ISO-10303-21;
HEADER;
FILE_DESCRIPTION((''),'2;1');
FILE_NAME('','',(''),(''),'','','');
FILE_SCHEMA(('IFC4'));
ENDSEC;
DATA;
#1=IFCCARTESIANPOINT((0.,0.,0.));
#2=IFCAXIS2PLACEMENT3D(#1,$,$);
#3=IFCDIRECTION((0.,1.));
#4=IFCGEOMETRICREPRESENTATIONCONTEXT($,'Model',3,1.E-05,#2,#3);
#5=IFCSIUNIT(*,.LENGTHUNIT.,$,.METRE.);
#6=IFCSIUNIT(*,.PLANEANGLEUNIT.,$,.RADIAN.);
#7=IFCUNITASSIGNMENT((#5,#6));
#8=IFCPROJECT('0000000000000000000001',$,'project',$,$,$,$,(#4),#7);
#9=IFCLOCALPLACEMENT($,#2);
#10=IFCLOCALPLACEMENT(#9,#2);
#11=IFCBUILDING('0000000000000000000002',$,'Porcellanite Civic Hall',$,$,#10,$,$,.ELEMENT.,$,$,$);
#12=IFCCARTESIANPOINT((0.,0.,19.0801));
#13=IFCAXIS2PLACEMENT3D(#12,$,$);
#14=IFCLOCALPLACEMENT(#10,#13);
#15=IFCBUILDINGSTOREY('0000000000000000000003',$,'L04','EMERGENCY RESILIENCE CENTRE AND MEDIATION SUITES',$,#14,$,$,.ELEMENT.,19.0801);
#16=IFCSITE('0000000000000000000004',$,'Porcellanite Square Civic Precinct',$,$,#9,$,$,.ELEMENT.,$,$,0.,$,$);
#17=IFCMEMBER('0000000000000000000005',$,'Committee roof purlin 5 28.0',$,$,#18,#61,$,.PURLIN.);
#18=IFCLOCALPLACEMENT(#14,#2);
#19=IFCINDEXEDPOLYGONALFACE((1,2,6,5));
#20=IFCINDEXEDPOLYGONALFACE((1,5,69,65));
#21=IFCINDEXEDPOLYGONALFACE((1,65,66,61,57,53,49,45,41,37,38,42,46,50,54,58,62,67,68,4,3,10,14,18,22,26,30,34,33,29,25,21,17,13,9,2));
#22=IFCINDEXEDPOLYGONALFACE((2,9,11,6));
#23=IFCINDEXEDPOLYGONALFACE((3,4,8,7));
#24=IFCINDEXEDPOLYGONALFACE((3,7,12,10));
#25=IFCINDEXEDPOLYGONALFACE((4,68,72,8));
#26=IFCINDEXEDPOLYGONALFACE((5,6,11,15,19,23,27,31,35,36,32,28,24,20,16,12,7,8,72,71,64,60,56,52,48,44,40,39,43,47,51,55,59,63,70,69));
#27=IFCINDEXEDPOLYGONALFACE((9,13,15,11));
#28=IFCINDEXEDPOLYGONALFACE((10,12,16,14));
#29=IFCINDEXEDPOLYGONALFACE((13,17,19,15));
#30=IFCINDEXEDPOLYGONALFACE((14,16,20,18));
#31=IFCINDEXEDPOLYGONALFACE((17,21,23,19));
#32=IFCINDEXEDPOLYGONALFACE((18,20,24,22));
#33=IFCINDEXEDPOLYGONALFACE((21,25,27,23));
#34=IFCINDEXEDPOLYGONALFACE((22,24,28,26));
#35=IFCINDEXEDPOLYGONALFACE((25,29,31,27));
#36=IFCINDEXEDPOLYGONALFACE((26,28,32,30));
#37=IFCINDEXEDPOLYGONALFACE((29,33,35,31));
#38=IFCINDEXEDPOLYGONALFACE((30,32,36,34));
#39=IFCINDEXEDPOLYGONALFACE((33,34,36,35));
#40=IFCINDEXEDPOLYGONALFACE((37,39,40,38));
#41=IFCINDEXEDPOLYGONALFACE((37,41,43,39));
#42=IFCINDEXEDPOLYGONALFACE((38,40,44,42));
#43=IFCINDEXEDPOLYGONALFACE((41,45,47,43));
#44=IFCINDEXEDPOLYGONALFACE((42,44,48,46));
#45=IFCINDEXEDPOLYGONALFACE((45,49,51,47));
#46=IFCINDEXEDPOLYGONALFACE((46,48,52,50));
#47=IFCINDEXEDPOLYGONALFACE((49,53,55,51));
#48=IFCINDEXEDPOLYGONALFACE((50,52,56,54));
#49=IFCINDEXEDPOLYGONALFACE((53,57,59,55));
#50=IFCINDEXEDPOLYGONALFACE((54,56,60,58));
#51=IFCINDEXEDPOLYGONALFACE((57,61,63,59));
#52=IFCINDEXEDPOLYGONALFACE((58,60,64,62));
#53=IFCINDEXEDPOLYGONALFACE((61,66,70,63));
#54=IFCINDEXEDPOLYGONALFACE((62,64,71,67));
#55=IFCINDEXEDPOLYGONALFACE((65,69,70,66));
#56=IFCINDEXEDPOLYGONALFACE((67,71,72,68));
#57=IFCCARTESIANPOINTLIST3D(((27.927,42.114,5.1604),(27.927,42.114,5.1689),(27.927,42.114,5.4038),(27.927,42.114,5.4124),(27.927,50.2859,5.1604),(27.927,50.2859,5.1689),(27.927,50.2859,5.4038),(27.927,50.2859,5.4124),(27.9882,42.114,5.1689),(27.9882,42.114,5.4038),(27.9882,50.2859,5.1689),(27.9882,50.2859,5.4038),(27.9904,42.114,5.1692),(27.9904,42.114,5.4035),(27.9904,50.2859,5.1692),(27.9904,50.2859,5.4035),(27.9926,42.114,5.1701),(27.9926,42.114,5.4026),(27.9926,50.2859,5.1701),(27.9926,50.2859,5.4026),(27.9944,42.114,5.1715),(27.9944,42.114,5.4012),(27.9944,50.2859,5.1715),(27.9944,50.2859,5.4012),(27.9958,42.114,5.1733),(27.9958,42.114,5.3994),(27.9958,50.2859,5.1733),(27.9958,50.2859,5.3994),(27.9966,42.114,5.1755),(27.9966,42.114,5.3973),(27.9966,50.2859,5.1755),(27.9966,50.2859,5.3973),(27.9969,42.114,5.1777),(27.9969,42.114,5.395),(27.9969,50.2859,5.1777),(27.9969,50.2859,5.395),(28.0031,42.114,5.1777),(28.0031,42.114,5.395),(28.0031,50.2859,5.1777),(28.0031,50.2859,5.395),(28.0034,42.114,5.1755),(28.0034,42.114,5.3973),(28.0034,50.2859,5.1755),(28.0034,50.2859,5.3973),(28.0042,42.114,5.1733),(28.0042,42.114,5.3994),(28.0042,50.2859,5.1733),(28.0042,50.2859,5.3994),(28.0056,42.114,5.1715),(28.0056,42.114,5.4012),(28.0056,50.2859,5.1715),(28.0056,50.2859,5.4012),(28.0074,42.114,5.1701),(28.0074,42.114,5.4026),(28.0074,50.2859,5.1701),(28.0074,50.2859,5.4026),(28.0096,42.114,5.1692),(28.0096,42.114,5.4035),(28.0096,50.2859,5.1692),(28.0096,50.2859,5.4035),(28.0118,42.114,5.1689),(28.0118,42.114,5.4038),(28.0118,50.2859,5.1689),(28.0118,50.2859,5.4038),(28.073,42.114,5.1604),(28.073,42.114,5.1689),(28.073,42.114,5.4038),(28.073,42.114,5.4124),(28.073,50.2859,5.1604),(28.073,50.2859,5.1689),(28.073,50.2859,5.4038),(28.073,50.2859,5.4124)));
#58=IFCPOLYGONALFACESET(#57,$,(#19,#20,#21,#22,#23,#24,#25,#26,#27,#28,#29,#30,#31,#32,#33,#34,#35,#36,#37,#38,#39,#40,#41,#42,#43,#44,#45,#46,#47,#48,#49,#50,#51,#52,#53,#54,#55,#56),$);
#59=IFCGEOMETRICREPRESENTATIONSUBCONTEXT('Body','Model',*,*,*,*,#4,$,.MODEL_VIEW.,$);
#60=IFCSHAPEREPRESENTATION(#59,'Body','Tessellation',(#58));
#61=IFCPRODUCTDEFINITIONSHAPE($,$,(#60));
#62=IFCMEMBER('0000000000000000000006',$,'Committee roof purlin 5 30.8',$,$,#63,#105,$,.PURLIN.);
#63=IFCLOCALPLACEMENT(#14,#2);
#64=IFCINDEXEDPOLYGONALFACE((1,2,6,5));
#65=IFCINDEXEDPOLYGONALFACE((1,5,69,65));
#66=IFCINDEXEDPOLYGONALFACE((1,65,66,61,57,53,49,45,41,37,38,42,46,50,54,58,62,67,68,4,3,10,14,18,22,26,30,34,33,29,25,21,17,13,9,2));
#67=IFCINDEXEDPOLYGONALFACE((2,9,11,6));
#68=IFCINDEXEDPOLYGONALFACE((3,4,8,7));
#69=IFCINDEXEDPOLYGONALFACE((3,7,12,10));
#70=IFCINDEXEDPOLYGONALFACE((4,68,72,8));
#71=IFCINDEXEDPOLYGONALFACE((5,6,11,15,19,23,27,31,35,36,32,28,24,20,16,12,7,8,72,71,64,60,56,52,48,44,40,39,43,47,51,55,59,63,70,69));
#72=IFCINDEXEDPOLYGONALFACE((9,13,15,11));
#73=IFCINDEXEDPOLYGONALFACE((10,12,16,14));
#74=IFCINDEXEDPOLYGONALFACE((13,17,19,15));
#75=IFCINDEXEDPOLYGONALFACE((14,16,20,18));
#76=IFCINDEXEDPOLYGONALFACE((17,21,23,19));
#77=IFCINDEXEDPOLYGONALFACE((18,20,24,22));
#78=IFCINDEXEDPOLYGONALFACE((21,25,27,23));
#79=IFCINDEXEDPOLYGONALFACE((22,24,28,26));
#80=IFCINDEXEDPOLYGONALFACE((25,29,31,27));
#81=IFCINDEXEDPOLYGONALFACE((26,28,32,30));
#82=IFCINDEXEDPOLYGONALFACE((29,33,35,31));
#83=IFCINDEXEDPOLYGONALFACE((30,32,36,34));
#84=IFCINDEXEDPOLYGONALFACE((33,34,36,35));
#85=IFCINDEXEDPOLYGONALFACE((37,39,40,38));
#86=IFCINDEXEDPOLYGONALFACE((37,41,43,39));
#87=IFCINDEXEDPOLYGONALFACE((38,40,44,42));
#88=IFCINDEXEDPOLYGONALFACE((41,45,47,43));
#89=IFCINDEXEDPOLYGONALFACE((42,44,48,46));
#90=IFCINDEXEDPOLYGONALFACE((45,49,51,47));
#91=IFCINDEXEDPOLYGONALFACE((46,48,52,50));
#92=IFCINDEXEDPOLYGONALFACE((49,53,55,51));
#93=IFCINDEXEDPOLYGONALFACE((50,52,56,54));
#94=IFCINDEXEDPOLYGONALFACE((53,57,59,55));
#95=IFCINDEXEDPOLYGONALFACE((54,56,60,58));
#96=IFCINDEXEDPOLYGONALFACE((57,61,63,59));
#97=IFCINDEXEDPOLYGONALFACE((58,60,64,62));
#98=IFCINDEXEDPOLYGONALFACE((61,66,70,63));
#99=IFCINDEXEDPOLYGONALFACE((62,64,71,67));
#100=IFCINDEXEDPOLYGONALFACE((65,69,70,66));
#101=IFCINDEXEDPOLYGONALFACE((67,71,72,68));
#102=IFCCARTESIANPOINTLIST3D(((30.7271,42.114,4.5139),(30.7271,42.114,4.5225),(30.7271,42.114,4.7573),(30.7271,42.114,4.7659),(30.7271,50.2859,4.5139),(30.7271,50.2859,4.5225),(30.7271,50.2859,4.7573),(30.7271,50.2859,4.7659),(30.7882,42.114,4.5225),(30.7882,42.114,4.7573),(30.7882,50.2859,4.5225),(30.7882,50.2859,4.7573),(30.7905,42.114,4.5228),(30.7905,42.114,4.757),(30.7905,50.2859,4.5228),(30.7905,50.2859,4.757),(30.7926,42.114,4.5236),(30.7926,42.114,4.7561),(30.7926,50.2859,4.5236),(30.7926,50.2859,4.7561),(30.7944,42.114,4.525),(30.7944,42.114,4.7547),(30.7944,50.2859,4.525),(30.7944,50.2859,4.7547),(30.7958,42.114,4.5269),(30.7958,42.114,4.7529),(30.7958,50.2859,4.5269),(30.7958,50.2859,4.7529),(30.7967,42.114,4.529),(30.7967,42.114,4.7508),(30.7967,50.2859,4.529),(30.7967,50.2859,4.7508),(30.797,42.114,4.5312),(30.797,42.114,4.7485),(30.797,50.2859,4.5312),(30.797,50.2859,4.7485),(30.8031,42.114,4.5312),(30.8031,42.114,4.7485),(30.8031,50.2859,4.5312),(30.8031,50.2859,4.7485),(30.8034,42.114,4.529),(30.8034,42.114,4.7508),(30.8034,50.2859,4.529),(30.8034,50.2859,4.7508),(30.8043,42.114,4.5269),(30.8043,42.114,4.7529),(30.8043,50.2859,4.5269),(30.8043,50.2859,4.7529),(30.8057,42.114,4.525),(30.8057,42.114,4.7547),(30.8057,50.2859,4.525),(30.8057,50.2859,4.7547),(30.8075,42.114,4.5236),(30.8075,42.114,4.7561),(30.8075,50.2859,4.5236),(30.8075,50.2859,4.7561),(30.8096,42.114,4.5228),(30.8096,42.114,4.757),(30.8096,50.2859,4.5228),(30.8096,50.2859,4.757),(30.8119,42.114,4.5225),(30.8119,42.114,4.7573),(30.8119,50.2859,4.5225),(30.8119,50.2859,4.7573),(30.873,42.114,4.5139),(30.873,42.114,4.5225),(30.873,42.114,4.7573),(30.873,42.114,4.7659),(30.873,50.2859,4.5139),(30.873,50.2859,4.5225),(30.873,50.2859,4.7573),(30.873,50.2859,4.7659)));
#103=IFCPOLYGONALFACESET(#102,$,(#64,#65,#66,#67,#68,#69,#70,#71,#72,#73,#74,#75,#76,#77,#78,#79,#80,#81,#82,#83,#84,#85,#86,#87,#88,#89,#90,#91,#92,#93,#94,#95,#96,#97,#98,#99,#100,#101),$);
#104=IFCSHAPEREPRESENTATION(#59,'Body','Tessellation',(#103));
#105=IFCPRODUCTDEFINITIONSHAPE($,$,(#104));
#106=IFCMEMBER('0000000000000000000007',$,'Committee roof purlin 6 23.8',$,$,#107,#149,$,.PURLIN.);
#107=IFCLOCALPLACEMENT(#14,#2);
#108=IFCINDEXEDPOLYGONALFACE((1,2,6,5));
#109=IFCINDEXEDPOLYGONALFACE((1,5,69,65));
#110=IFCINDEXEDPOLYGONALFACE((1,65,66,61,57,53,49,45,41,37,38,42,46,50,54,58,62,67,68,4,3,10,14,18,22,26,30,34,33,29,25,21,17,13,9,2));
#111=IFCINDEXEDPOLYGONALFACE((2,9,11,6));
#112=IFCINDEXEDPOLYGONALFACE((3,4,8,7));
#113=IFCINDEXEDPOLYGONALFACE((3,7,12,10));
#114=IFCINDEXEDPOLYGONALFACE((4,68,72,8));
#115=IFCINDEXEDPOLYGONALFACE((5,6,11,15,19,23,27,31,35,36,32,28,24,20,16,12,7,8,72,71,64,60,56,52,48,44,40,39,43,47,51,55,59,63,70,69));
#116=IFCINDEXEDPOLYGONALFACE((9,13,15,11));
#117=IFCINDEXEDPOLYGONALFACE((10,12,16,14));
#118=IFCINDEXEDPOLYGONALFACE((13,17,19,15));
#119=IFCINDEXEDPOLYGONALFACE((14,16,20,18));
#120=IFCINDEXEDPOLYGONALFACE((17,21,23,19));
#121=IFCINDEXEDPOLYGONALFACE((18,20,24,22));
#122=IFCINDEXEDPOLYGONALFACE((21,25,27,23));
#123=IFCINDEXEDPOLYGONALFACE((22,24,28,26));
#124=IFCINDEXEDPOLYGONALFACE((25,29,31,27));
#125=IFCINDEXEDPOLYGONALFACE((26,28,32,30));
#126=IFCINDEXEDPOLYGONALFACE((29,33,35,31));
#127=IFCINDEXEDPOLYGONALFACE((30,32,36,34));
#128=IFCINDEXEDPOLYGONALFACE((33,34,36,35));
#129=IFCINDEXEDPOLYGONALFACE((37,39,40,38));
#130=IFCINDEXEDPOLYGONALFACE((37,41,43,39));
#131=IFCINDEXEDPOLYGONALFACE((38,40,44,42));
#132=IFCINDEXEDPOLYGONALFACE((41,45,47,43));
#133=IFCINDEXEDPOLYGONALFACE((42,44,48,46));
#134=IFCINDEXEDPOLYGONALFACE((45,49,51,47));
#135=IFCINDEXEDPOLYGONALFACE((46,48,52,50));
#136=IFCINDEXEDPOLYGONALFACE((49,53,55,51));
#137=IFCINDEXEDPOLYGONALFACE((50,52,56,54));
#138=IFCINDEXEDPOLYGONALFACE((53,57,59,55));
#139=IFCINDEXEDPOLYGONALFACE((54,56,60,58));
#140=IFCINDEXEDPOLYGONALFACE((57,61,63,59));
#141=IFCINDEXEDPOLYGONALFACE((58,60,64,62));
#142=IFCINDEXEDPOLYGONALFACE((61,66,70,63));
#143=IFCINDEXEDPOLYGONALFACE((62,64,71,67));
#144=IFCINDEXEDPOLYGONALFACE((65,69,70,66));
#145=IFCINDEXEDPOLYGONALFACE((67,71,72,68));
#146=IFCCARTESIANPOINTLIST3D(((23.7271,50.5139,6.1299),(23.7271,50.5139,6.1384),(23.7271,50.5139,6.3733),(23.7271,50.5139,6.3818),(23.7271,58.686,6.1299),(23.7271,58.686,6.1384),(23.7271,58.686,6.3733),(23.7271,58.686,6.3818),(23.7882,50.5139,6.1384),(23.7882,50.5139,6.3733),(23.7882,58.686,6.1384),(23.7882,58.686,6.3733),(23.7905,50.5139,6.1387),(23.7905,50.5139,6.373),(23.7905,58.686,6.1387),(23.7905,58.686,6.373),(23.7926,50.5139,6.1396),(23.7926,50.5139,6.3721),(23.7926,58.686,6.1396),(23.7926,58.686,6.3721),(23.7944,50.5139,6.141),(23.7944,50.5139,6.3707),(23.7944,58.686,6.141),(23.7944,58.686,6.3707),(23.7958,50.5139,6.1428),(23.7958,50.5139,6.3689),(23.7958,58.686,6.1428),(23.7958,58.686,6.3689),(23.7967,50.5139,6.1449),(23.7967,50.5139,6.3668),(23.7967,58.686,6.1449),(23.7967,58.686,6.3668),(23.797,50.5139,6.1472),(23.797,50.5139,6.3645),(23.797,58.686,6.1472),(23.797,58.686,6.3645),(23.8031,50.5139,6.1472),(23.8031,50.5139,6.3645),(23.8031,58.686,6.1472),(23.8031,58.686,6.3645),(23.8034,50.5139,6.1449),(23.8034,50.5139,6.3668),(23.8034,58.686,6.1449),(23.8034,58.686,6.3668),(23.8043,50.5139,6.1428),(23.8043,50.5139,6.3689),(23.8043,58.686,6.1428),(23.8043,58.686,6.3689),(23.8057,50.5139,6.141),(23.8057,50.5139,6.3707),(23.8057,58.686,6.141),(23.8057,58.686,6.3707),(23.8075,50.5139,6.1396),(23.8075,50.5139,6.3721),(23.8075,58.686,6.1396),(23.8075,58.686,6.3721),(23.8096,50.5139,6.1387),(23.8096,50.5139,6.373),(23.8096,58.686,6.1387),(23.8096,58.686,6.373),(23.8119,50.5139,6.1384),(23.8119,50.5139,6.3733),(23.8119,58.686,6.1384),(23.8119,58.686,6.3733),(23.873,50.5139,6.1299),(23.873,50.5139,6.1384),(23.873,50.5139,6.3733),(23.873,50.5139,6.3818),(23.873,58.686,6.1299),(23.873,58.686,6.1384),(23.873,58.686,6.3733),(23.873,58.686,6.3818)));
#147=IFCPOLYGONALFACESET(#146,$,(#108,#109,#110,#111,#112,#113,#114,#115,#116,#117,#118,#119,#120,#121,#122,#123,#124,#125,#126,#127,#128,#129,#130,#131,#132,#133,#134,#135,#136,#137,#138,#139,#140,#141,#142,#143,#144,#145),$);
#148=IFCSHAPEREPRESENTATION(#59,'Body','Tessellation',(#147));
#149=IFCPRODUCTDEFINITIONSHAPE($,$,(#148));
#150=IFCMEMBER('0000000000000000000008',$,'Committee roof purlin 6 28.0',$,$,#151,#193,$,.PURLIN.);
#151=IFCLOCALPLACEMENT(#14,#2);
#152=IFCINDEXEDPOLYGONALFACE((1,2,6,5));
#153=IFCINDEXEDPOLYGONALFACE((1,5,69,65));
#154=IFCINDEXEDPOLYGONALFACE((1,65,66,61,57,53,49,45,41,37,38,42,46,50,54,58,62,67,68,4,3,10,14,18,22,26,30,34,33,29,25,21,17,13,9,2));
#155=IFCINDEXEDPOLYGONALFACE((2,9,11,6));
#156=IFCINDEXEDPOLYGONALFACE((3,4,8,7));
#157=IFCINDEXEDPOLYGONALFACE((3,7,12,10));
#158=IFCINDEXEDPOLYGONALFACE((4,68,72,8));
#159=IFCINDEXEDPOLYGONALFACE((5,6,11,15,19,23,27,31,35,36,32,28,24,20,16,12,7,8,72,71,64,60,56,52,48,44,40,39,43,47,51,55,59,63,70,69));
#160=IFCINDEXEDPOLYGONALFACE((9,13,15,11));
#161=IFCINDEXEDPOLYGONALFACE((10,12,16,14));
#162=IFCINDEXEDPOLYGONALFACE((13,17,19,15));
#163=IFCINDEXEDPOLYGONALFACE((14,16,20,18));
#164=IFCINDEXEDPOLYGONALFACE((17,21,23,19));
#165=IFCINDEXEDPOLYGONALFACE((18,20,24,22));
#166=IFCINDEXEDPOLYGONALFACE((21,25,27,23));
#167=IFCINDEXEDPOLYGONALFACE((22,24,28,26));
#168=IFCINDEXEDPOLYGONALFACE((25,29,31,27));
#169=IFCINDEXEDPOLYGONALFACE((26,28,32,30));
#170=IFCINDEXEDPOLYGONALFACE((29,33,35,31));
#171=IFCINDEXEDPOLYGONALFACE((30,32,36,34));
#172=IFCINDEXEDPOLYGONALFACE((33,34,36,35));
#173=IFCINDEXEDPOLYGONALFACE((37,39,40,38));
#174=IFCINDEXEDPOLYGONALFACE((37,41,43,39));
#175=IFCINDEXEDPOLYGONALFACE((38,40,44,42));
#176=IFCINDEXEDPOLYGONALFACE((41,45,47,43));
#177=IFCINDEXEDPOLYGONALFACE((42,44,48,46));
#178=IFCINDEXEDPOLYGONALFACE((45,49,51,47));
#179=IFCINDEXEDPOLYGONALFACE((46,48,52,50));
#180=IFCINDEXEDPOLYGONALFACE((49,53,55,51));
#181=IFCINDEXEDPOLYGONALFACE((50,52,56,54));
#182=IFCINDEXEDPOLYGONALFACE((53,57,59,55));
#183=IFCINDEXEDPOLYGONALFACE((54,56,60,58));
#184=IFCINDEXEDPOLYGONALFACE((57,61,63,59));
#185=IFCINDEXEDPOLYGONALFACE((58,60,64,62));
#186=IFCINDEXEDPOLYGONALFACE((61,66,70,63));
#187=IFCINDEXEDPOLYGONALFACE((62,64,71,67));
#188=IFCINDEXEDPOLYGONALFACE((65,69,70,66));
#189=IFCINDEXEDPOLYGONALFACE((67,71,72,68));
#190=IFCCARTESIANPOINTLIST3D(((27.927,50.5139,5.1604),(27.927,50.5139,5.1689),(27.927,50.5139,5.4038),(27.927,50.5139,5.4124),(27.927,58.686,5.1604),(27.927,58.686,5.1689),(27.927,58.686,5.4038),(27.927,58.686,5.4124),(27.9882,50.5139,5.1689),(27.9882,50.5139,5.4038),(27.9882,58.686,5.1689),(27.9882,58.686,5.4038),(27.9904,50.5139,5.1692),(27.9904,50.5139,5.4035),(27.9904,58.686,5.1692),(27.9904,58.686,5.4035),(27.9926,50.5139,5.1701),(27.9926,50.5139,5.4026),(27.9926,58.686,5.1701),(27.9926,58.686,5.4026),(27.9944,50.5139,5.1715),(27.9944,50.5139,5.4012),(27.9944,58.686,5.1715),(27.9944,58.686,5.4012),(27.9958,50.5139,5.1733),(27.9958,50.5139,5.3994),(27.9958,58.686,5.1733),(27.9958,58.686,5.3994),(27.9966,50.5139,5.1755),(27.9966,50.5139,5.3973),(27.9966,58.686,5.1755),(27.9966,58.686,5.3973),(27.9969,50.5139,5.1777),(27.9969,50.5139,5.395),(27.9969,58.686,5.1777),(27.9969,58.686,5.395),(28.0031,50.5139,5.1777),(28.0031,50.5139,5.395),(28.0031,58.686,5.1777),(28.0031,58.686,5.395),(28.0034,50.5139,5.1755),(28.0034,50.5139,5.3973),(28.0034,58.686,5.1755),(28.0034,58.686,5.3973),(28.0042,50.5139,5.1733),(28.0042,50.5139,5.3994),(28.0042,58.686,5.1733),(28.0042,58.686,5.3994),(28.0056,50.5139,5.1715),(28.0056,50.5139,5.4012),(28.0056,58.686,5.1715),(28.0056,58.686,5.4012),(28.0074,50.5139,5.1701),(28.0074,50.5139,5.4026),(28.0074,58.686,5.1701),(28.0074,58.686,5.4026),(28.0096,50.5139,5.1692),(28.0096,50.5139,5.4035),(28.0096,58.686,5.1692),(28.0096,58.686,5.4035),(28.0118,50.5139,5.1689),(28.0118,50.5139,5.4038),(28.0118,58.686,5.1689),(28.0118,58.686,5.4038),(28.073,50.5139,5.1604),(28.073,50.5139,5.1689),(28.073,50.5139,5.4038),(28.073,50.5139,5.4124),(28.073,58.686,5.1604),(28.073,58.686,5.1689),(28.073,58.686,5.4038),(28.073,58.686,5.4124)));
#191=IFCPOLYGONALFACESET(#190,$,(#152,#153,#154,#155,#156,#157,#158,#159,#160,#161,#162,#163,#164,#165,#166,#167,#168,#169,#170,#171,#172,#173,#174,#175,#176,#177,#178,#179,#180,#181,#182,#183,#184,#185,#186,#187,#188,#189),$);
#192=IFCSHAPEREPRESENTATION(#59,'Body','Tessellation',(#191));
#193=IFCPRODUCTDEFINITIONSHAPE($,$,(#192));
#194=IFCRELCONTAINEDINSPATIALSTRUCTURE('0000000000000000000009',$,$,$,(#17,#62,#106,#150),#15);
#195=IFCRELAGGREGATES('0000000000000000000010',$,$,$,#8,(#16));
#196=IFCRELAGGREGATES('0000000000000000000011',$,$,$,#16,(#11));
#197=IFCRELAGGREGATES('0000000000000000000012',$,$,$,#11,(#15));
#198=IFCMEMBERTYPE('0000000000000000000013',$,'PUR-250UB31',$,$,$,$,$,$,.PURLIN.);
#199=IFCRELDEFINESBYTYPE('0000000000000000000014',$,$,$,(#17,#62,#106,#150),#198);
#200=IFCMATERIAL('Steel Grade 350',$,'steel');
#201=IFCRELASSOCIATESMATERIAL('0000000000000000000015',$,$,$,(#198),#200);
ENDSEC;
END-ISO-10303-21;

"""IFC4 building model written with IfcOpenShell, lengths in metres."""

from ifc_helpers import new_model, si_unit, direction, frame, origin, origin_2d, place, context, subcontext, project, spatial, i_section, extrude, material, material_profile, profile_set, type_object, element, save


model = new_model("IFC4")

# Units and contexts
model_context = context("Model", 3, precision=1e-05, world=origin(), true_north=direction((0.0, 1.0)))
body_context = subcontext(model_context, "Body", "Model", "MODEL_VIEW")
ifc_project = project(units=[si_unit("LENGTHUNIT", "METRE"), si_unit("PLANEANGLEUNIT", "RADIAN")], contexts=[model_context])

# Site, building, storey
site_placement = place(None, origin())
site = spatial("IfcSite", under=ifc_project, at=site_placement, Name="Porcellanite Square Civic Precinct", CompositionType="ELEMENT", RefElevation=0.0)
building_placement = place(site_placement, origin())
building = spatial("IfcBuilding", under=site, at=building_placement, Name="Porcellanite Civic Hall", CompositionType="ELEMENT")
storey_placement = place(building_placement, frame((0.0, 0.0, 19.0801)))
storey = spatial("IfcBuildingStorey", under=building, at=storey_placement, Name="L04", Description="EMERGENCY RESILIENCE CENTRE AND MEDIATION SUITES", CompositionType="ELEMENT", Elevation=19.0801)

# Members
ifc_material_1 = material(Name="Steel Grade 350", Category="steel")
ifc_material_profile_1 = material_profile(ifc_material_1, i_section(OverallWidth=0.146, OverallDepth=0.252, WebThickness=0.0061, FlangeThickness=0.0085, FilletRadius=0.0088, at=origin_2d()), Name="250UB31.4")
ifc_profile_set_1 = profile_set([ifc_material_profile_1], Name="Steel Grade 350")
member_type_1 = type_object("IfcMemberType", Name="PUR-250UB31", PredefinedType="PURLIN", material=ifc_profile_set_1)
for number, where, z_axis, x_axis, name in (
    (1, (28.0, 42.114, 5.2864), (0.0, 1.0, 0.0), (-1.0, 0.0, 0.0), "Committee roof purlin 5 28.0"),
    (2, (30.8, 42.114, 4.6399), (0.0, 1.0, 0.0), (-1.0, 0.0, 0.0), "Committee roof purlin 5 30.8"),
):
    element("IfcMember", number, at=place(storey_placement, frame(where, z_axis=z_axis, x_axis=x_axis)), inside=storey, type_object=member_type_1, Name=name, PredefinedType="PURLIN", context=body_context, shape_type="SweptSolid", body=[
        extrude(i_section(OverallWidth=0.146, OverallDepth=0.252, WebThickness=0.0061, FlangeThickness=0.0085, FilletRadius=0.0088, at=origin_2d()), origin(), (0.0, 0.0, 1.0), 8.1719),
    ])
for number, where, z_axis, x_axis, name in (
    (3, (23.8, 50.5139, 6.2559), (0.0, 1.0, 0.0), (-1.0, 0.0, 0.0), "Committee roof purlin 6 23.8"),
    (4, (28.0, 50.5139, 5.2864), (0.0, 1.0, 0.0), (-1.0, 0.0, 0.0), "Committee roof purlin 6 28.0"),
):
    element("IfcMember", number, at=place(storey_placement, frame(where, z_axis=z_axis, x_axis=x_axis)), inside=storey, type_object=member_type_1, Name=name, PredefinedType="PURLIN", context=body_context, shape_type="SweptSolid", body=[
        extrude(i_section(OverallWidth=0.146, OverallDepth=0.252, WebThickness=0.0061, FlangeThickness=0.0085, FilletRadius=0.0088, at=origin_2d()), origin(), (0.0, 0.0, 1.0), 8.1721),
    ])

save(model, "model.ifc")
